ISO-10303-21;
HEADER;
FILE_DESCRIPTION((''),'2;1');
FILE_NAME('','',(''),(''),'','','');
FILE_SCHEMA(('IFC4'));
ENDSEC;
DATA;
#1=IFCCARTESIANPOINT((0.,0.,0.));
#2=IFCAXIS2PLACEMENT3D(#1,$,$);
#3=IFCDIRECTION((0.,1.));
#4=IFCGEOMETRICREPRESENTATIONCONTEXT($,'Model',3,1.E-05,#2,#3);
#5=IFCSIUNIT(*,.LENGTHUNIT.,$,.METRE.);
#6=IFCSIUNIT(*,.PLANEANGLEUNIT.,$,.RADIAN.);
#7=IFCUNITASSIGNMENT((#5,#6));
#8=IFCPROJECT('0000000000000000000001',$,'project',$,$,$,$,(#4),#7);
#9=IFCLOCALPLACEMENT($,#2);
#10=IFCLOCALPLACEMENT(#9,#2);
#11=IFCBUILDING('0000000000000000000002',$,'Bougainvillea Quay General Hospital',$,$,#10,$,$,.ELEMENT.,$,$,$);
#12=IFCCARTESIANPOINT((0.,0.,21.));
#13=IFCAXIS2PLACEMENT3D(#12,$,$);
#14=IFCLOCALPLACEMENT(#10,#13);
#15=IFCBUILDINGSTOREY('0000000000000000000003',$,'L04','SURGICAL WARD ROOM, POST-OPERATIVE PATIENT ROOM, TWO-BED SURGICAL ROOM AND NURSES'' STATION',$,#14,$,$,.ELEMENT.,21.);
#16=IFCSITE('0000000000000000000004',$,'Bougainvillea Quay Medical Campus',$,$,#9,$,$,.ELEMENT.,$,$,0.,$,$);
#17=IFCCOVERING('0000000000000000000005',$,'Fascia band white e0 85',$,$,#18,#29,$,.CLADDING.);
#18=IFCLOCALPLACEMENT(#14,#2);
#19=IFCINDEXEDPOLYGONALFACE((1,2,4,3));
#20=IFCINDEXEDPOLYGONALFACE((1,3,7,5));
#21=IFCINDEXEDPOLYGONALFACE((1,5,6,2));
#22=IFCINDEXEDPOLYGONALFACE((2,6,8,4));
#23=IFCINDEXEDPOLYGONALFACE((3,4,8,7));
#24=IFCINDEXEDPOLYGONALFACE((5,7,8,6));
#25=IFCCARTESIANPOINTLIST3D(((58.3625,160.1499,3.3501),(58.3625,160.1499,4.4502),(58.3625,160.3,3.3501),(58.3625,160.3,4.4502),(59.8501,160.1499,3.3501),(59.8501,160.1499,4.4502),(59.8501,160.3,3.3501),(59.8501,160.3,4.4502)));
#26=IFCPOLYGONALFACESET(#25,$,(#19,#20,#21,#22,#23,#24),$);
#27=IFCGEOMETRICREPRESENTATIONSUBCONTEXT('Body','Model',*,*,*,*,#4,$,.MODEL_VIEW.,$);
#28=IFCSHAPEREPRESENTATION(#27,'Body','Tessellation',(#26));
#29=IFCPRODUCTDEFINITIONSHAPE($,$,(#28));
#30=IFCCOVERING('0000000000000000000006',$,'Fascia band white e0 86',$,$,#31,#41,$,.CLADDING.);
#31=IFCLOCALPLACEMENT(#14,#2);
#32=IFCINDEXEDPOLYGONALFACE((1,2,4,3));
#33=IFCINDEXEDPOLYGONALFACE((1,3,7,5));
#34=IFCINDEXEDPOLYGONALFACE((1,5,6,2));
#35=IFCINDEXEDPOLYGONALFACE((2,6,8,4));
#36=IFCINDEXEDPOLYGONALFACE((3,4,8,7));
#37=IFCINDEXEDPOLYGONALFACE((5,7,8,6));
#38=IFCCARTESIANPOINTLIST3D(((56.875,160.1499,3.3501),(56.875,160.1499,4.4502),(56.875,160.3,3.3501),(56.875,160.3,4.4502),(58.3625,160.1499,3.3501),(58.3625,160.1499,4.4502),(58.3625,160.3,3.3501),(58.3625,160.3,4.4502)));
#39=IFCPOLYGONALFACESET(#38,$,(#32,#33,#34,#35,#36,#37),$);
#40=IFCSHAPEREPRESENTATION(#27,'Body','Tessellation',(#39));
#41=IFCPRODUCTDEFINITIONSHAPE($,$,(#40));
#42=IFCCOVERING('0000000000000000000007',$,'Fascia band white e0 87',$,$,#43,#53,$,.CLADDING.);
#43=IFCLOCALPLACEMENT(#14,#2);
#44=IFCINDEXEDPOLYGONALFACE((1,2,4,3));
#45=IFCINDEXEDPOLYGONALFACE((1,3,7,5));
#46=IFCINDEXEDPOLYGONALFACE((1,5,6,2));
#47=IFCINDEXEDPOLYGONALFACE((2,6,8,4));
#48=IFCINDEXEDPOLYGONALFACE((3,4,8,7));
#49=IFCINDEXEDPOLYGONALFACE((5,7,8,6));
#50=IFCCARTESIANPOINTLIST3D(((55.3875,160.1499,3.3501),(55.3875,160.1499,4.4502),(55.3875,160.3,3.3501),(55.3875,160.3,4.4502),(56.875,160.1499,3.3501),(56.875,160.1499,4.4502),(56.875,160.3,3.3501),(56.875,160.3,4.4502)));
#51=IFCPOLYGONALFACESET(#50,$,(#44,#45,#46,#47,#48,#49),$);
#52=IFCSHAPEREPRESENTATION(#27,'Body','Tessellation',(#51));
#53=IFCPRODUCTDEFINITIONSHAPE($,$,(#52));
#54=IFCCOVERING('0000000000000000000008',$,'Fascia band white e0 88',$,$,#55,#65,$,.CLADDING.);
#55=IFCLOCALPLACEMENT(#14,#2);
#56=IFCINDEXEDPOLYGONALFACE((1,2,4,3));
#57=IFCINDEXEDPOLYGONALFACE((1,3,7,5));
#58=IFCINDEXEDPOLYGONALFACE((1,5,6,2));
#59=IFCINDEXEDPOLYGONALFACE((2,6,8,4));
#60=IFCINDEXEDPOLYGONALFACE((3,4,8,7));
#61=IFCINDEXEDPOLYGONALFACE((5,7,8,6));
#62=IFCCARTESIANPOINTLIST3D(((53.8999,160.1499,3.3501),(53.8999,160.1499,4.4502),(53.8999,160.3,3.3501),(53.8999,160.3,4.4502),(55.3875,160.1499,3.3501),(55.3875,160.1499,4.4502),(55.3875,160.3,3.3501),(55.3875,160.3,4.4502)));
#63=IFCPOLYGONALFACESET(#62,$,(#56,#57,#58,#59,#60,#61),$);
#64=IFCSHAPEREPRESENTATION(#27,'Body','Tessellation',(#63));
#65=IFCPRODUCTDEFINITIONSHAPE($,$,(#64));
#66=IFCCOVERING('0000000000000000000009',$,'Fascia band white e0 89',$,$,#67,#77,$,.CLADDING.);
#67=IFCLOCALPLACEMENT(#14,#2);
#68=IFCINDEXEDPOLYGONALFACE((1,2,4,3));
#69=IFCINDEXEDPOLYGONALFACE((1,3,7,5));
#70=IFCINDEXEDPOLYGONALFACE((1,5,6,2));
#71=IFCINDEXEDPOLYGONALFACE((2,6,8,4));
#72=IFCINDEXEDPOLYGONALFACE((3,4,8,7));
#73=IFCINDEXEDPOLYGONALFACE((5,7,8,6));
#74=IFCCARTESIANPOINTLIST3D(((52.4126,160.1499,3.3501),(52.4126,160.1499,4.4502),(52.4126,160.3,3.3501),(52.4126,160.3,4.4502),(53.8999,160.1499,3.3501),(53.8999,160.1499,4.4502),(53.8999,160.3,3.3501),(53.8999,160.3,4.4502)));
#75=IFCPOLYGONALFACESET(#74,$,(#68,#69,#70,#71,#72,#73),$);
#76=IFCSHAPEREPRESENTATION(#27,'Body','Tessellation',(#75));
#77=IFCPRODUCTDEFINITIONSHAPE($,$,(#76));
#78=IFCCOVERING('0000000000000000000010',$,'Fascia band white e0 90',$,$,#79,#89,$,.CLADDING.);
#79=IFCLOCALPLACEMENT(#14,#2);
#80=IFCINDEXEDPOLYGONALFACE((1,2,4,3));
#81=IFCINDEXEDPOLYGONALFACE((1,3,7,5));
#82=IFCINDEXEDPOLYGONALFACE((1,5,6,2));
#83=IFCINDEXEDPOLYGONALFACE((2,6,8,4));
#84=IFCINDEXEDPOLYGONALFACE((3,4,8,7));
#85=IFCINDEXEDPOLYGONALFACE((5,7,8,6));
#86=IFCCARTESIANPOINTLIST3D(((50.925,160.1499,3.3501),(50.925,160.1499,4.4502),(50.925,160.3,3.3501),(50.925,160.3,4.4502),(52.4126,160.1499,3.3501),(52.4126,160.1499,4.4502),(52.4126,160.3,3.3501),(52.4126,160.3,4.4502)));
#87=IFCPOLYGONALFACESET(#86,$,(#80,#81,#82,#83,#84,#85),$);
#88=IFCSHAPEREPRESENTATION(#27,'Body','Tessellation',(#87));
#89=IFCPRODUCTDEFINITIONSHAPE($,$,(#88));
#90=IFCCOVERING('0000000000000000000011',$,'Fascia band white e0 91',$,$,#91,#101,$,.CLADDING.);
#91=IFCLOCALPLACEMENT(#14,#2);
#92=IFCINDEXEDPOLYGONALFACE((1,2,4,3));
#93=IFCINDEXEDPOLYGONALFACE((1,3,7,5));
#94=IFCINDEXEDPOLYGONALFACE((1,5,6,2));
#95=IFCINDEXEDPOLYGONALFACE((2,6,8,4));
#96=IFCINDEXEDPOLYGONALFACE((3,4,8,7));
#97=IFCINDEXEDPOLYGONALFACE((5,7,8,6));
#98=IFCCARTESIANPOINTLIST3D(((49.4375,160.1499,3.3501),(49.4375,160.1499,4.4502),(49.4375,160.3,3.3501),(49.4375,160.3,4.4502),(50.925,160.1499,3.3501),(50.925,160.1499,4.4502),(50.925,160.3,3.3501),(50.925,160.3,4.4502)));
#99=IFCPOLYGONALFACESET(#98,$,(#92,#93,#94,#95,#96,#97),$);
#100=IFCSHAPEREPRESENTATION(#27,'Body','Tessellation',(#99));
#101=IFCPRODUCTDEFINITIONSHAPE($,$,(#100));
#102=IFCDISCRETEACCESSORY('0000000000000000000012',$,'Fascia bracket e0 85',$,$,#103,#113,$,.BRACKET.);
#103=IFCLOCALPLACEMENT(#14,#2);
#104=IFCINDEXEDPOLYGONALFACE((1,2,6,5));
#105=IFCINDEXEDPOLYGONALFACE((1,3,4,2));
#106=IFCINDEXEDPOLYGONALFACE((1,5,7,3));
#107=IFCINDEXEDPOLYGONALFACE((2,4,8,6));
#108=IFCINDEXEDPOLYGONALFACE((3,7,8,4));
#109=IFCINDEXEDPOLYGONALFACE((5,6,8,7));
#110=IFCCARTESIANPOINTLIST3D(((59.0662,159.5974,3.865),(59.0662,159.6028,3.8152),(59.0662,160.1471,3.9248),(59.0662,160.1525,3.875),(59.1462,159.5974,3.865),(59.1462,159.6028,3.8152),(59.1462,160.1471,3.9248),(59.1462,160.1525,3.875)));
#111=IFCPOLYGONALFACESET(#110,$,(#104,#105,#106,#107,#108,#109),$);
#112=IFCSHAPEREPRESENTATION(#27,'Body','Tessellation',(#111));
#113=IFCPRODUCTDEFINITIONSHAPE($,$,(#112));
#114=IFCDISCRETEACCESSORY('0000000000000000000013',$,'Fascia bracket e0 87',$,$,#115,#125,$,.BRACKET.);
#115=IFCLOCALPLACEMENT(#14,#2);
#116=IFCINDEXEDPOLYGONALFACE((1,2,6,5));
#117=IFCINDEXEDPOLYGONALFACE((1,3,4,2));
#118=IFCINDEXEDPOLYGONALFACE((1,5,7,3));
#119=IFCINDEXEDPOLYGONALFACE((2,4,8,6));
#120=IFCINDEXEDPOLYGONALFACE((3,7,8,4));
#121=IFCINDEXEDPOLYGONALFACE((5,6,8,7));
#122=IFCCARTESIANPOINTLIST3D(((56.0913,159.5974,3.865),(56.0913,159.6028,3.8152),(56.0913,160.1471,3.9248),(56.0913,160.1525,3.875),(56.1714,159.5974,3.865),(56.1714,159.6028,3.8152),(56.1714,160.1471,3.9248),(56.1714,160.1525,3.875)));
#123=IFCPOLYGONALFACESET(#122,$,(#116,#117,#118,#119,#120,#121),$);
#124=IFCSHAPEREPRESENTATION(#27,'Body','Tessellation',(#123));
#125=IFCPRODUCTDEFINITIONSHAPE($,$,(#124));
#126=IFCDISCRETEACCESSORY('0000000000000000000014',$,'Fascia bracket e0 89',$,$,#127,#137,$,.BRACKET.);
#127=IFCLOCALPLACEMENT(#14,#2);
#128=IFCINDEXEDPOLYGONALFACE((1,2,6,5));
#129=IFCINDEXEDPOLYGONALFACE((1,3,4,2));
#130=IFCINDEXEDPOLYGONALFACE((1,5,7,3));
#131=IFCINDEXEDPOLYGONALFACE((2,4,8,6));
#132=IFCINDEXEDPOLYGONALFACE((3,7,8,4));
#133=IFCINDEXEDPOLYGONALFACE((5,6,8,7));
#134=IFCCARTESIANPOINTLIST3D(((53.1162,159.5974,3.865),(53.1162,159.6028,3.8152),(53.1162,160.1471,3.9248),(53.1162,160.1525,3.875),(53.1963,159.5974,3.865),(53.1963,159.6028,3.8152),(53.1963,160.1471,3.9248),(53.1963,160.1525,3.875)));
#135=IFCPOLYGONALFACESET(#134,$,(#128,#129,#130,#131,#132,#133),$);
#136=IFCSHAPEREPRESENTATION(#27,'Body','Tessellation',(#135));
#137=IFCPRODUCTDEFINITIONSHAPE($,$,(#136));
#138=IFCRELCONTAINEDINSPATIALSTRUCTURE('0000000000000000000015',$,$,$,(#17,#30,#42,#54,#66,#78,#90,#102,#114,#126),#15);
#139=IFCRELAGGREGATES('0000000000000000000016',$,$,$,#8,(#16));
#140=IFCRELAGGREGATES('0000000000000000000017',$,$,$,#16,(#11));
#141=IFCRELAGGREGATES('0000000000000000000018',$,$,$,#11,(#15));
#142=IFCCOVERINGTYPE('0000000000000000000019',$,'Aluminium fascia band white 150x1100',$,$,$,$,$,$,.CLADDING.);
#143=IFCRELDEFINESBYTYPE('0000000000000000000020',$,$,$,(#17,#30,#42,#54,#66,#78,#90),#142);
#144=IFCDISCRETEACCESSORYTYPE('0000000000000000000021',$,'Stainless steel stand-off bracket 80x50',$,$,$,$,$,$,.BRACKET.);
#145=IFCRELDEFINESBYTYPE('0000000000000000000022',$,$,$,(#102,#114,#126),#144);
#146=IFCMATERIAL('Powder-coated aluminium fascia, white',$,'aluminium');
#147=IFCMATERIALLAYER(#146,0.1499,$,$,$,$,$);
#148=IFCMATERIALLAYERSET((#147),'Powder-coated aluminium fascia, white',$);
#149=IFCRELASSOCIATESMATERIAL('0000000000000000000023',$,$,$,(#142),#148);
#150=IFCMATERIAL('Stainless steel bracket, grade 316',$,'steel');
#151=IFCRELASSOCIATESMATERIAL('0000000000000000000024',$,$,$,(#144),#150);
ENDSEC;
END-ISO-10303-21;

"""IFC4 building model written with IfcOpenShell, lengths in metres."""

from ifc_helpers import new_model, si_unit, direction, frame, origin, origin_2d, place, context, subcontext, project, spatial, polyline, rectangle, outline, extrude, material, layer, layer_set, material_profile, profile_set, type_object, element, save


model = new_model("IFC4")

# Units and contexts
model_context = context("Model", 3, precision=1e-05, world=origin(), true_north=direction((0.0, 1.0)))
body_context = subcontext(model_context, "Body", "Model", "MODEL_VIEW")
ifc_project = project(units=[si_unit("LENGTHUNIT", "METRE"), si_unit("PLANEANGLEUNIT", "RADIAN")], contexts=[model_context])

# Site, building, storey
site_placement = place(None, origin())
site = spatial("IfcSite", under=ifc_project, at=site_placement, Name="Bougainvillea Quay Medical Campus", CompositionType="ELEMENT", RefElevation=0.0)
building_placement = place(site_placement, origin())
building = spatial("IfcBuilding", under=site, at=building_placement, Name="Bougainvillea Quay General Hospital", CompositionType="ELEMENT")
storey_placement = place(building_placement, frame((0.0, 0.0, 21.0)))
storey = spatial("IfcBuildingStorey", under=building, at=storey_placement, Name="L04", Description="SURGICAL WARD ROOM, POST-OPERATIVE PATIENT ROOM, TWO-BED SURGICAL ROOM AND NURSES' STATION", CompositionType="ELEMENT", Elevation=21.0)

# Coverings
ifc_material_1 = material(Name="Powder-coated aluminium fascia, white", Category="aluminium")
ifc_layer_1 = layer(ifc_material_1, 0.1499)
ifc_layer_set_1 = layer_set([ifc_layer_1], Name="Powder-coated aluminium fascia, white")
covering_type = type_object("IfcCoveringType", Name="Aluminium fascia band white 150x1100", PredefinedType="CLADDING", material=ifc_layer_set_1)
for number, where, z_axis, x_axis, name in (
    (1, (59.8501, 160.1499, 3.3501), (0.0, 0.0, 1.0), (-1.0, 0.0, 0.0), "Fascia band white e0 85"),
    (2, (58.3625, 160.1499, 3.3501), (0.0, 0.0, 1.0), (-1.0, 0.0, 0.0), "Fascia band white e0 86"),
    (3, (56.875, 160.1499, 3.3501), (0.0, 0.0, 1.0), (-1.0, 0.0, 0.0), "Fascia band white e0 87"),
    (4, (55.3875, 160.1499, 3.3501), (0.0, 0.0, 1.0), (-1.0, 0.0, 0.0), "Fascia band white e0 88"),
):
    element("IfcCovering", number, at=place(storey_placement, frame(where, z_axis=z_axis, x_axis=x_axis)), inside=storey, type_object=covering_type, Name=name, PredefinedType="CLADDING", context=body_context, shape_type="SweptSolid", body=[
        extrude(outline(polyline([(0.0, 0.0), (1.4875, 0.0), (1.4875, -0.1501), (0.0, -0.1501), (0.0, 0.0)])), origin(), (0.0, 0.0, 1.0), 1.1001),
    ])
covering_placement = place(storey_placement, frame((53.8999, 160.1499, 3.3501), z_axis=(0.0, 0.0, 1.0), x_axis=(-1.0, 0.0, 0.0)))
element("IfcCovering", 5, at=covering_placement, inside=storey, type_object=covering_type, Name="Fascia band white e0 89", PredefinedType="CLADDING", context=body_context, shape_type="SweptSolid", body=[
    extrude(outline(polyline([(0.0, 0.0), (1.4873, 0.0), (1.4873, -0.1501), (0.0, -0.1501), (0.0, 0.0)])), origin(), (0.0, 0.0, 1.0), 1.1001),
])
for number, where, z_axis, x_axis, name in (
    (6, (52.4126, 160.1499, 3.3501), (0.0, 0.0, 1.0), (-1.0, 0.0, 0.0), "Fascia band white e0 90"),
    (7, (50.925, 160.1499, 3.3501), (0.0, 0.0, 1.0), (-1.0, 0.0, 0.0), "Fascia band white e0 91"),
):
    element("IfcCovering", number, at=place(storey_placement, frame(where, z_axis=z_axis, x_axis=x_axis)), inside=storey, type_object=covering_type, Name=name, PredefinedType="CLADDING", context=body_context, shape_type="SweptSolid", body=[
        extrude(outline(polyline([(0.0, 0.0), (1.4875, 0.0), (1.4875, -0.1501), (0.0, -0.1501), (0.0, 0.0)])), origin(), (0.0, 0.0, 1.0), 1.1001),
    ])

# Discrete accessories
ifc_material_2 = material(Name="Stainless steel bracket, grade 316", Category="steel")
ifc_material_profile_1 = material_profile(ifc_material_2, rectangle(XDim=0.0801, YDim=0.05, at=origin_2d()))
ifc_profile_set_1 = profile_set([ifc_material_profile_1], Name="Stainless steel bracket, grade 316")
discrete_accessory_type = type_object("IfcDiscreteAccessoryType", Name="Stainless steel stand-off bracket 80x50", PredefinedType="BRACKET", material=ifc_profile_set_1)
for number, where, z_axis, x_axis, name in (
    (8, (59.1062, 159.6001, 3.8401), (0.0, 0.994134, 0.108154), (-1.0, 0.0, 0.0), "Fascia bracket e0 85"),
    (9, (56.1313, 159.6001, 3.8401), (0.0, 0.994134, 0.108154), (-1.0, 0.0, 0.0), "Fascia bracket e0 87"),
    (10, (53.1562, 159.6001, 3.8401), (0.0, 0.994134, 0.108154), (-1.0, 0.0, 0.0), "Fascia bracket e0 89"),
):
    element("IfcDiscreteAccessory", number, at=place(storey_placement, frame(where, z_axis=z_axis, x_axis=x_axis)), inside=storey, type_object=discrete_accessory_type, Name=name, PredefinedType="BRACKET", context=body_context, shape_type="SweptSolid", body=[
        extrude(rectangle(XDim=0.0801, YDim=0.05, at=origin_2d()), origin(), (0.0, 0.0, 1.0), 0.553),
    ])

save(model, "model.ifc")
